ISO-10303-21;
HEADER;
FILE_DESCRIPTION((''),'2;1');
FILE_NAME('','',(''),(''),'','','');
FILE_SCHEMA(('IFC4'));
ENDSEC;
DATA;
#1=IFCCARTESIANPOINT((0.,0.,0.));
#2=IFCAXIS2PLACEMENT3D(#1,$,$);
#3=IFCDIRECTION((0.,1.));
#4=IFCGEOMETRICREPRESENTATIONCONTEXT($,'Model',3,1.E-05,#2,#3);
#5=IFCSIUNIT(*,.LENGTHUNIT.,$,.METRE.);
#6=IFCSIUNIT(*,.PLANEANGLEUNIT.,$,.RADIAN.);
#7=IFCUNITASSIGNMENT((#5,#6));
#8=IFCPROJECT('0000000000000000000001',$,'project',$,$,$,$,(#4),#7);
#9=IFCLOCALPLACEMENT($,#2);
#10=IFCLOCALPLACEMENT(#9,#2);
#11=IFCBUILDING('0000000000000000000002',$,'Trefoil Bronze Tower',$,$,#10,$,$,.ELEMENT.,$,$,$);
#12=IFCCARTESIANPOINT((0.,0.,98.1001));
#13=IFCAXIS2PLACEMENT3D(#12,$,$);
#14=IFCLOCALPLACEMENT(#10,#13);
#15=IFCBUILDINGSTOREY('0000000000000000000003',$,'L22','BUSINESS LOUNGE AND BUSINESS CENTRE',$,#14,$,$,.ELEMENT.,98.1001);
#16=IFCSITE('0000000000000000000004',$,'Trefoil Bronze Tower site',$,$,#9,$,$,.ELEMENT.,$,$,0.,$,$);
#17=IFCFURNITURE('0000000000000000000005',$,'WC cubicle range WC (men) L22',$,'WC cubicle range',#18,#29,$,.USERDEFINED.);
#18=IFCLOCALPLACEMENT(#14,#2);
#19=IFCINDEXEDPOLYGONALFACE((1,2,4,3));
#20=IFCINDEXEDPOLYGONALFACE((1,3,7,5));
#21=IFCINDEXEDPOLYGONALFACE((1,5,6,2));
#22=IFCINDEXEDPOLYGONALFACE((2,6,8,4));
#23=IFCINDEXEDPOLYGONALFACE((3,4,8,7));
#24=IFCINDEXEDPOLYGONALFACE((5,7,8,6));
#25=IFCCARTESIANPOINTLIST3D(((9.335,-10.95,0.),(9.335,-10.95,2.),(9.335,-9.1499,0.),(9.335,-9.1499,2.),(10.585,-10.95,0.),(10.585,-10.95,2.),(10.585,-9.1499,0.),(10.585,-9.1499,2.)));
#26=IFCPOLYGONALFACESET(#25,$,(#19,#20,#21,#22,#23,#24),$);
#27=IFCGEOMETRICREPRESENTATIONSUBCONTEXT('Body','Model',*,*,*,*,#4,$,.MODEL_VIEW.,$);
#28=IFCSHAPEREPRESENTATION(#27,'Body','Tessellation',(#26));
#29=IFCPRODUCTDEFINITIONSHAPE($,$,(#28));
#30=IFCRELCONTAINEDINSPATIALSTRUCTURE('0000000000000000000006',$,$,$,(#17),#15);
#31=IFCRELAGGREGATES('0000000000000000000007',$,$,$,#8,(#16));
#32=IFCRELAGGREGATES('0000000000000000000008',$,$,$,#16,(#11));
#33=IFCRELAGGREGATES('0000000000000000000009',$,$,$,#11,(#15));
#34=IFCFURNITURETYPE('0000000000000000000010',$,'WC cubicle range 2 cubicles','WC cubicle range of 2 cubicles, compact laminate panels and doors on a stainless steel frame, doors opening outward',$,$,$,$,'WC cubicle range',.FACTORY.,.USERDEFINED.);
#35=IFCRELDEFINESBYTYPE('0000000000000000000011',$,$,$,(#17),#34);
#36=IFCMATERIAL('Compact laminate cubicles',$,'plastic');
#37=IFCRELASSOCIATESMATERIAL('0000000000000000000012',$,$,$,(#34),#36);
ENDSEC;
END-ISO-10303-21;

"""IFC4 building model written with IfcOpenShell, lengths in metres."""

from ifc_helpers import new_model, si_unit, direction, frame, origin, place, context, subcontext, project, spatial, polyline, outline, extrude, material, type_object, element, save


model = new_model("IFC4")

# Units and contexts
model_context = context("Model", 3, precision=1e-05, world=origin(), true_north=direction((0.0, 1.0)))
body_context = subcontext(model_context, "Body", "Model", "MODEL_VIEW")
ifc_project = project(units=[si_unit("LENGTHUNIT", "METRE"), si_unit("PLANEANGLEUNIT", "RADIAN")], contexts=[model_context])

# Site, building, storey
site_placement = place(None, origin())
site = spatial("IfcSite", under=ifc_project, at=site_placement, Name="Trefoil Bronze Tower site", CompositionType="ELEMENT", RefElevation=0.0)
building_placement = place(site_placement, origin())
building = spatial("IfcBuilding", under=site, at=building_placement, Name="Trefoil Bronze Tower", CompositionType="ELEMENT")
storey_placement = place(building_placement, frame((0.0, 0.0, 98.1001)))
storey = spatial("IfcBuildingStorey", under=building, at=storey_placement, Name="L22", Description="BUSINESS LOUNGE AND BUSINESS CENTRE", CompositionType="ELEMENT", Elevation=98.1001)

# Furniture
ifc_material_1 = material(Name="Compact laminate cubicles", Category="plastic")
furniture_type = type_object("IfcFurnitureType", Name="WC cubicle range 2 cubicles", Description="WC cubicle range of 2 cubicles, compact laminate panels and doors on a stainless steel frame, doors opening outward", ElementType="WC cubicle range", AssemblyPlace="FACTORY", PredefinedType="USERDEFINED", material=ifc_material_1)
furniture_placement = place(storey_placement, origin())
element("IfcFurniture", 1, at=furniture_placement, inside=storey, type_object=furniture_type, Name="WC cubicle range WC (men) L22", ObjectType="WC cubicle range", PredefinedType="USERDEFINED", context=body_context, shape_type="SweptSolid", body=[
    extrude(outline(polyline([(9.335, -9.1499), (10.585, -9.1499), (10.585, -10.95), (9.335, -10.95), (9.335, -9.1499)])), origin(), (0.0, 0.0, 1.0), 2.0),
])

save(model, "model.ifc")
